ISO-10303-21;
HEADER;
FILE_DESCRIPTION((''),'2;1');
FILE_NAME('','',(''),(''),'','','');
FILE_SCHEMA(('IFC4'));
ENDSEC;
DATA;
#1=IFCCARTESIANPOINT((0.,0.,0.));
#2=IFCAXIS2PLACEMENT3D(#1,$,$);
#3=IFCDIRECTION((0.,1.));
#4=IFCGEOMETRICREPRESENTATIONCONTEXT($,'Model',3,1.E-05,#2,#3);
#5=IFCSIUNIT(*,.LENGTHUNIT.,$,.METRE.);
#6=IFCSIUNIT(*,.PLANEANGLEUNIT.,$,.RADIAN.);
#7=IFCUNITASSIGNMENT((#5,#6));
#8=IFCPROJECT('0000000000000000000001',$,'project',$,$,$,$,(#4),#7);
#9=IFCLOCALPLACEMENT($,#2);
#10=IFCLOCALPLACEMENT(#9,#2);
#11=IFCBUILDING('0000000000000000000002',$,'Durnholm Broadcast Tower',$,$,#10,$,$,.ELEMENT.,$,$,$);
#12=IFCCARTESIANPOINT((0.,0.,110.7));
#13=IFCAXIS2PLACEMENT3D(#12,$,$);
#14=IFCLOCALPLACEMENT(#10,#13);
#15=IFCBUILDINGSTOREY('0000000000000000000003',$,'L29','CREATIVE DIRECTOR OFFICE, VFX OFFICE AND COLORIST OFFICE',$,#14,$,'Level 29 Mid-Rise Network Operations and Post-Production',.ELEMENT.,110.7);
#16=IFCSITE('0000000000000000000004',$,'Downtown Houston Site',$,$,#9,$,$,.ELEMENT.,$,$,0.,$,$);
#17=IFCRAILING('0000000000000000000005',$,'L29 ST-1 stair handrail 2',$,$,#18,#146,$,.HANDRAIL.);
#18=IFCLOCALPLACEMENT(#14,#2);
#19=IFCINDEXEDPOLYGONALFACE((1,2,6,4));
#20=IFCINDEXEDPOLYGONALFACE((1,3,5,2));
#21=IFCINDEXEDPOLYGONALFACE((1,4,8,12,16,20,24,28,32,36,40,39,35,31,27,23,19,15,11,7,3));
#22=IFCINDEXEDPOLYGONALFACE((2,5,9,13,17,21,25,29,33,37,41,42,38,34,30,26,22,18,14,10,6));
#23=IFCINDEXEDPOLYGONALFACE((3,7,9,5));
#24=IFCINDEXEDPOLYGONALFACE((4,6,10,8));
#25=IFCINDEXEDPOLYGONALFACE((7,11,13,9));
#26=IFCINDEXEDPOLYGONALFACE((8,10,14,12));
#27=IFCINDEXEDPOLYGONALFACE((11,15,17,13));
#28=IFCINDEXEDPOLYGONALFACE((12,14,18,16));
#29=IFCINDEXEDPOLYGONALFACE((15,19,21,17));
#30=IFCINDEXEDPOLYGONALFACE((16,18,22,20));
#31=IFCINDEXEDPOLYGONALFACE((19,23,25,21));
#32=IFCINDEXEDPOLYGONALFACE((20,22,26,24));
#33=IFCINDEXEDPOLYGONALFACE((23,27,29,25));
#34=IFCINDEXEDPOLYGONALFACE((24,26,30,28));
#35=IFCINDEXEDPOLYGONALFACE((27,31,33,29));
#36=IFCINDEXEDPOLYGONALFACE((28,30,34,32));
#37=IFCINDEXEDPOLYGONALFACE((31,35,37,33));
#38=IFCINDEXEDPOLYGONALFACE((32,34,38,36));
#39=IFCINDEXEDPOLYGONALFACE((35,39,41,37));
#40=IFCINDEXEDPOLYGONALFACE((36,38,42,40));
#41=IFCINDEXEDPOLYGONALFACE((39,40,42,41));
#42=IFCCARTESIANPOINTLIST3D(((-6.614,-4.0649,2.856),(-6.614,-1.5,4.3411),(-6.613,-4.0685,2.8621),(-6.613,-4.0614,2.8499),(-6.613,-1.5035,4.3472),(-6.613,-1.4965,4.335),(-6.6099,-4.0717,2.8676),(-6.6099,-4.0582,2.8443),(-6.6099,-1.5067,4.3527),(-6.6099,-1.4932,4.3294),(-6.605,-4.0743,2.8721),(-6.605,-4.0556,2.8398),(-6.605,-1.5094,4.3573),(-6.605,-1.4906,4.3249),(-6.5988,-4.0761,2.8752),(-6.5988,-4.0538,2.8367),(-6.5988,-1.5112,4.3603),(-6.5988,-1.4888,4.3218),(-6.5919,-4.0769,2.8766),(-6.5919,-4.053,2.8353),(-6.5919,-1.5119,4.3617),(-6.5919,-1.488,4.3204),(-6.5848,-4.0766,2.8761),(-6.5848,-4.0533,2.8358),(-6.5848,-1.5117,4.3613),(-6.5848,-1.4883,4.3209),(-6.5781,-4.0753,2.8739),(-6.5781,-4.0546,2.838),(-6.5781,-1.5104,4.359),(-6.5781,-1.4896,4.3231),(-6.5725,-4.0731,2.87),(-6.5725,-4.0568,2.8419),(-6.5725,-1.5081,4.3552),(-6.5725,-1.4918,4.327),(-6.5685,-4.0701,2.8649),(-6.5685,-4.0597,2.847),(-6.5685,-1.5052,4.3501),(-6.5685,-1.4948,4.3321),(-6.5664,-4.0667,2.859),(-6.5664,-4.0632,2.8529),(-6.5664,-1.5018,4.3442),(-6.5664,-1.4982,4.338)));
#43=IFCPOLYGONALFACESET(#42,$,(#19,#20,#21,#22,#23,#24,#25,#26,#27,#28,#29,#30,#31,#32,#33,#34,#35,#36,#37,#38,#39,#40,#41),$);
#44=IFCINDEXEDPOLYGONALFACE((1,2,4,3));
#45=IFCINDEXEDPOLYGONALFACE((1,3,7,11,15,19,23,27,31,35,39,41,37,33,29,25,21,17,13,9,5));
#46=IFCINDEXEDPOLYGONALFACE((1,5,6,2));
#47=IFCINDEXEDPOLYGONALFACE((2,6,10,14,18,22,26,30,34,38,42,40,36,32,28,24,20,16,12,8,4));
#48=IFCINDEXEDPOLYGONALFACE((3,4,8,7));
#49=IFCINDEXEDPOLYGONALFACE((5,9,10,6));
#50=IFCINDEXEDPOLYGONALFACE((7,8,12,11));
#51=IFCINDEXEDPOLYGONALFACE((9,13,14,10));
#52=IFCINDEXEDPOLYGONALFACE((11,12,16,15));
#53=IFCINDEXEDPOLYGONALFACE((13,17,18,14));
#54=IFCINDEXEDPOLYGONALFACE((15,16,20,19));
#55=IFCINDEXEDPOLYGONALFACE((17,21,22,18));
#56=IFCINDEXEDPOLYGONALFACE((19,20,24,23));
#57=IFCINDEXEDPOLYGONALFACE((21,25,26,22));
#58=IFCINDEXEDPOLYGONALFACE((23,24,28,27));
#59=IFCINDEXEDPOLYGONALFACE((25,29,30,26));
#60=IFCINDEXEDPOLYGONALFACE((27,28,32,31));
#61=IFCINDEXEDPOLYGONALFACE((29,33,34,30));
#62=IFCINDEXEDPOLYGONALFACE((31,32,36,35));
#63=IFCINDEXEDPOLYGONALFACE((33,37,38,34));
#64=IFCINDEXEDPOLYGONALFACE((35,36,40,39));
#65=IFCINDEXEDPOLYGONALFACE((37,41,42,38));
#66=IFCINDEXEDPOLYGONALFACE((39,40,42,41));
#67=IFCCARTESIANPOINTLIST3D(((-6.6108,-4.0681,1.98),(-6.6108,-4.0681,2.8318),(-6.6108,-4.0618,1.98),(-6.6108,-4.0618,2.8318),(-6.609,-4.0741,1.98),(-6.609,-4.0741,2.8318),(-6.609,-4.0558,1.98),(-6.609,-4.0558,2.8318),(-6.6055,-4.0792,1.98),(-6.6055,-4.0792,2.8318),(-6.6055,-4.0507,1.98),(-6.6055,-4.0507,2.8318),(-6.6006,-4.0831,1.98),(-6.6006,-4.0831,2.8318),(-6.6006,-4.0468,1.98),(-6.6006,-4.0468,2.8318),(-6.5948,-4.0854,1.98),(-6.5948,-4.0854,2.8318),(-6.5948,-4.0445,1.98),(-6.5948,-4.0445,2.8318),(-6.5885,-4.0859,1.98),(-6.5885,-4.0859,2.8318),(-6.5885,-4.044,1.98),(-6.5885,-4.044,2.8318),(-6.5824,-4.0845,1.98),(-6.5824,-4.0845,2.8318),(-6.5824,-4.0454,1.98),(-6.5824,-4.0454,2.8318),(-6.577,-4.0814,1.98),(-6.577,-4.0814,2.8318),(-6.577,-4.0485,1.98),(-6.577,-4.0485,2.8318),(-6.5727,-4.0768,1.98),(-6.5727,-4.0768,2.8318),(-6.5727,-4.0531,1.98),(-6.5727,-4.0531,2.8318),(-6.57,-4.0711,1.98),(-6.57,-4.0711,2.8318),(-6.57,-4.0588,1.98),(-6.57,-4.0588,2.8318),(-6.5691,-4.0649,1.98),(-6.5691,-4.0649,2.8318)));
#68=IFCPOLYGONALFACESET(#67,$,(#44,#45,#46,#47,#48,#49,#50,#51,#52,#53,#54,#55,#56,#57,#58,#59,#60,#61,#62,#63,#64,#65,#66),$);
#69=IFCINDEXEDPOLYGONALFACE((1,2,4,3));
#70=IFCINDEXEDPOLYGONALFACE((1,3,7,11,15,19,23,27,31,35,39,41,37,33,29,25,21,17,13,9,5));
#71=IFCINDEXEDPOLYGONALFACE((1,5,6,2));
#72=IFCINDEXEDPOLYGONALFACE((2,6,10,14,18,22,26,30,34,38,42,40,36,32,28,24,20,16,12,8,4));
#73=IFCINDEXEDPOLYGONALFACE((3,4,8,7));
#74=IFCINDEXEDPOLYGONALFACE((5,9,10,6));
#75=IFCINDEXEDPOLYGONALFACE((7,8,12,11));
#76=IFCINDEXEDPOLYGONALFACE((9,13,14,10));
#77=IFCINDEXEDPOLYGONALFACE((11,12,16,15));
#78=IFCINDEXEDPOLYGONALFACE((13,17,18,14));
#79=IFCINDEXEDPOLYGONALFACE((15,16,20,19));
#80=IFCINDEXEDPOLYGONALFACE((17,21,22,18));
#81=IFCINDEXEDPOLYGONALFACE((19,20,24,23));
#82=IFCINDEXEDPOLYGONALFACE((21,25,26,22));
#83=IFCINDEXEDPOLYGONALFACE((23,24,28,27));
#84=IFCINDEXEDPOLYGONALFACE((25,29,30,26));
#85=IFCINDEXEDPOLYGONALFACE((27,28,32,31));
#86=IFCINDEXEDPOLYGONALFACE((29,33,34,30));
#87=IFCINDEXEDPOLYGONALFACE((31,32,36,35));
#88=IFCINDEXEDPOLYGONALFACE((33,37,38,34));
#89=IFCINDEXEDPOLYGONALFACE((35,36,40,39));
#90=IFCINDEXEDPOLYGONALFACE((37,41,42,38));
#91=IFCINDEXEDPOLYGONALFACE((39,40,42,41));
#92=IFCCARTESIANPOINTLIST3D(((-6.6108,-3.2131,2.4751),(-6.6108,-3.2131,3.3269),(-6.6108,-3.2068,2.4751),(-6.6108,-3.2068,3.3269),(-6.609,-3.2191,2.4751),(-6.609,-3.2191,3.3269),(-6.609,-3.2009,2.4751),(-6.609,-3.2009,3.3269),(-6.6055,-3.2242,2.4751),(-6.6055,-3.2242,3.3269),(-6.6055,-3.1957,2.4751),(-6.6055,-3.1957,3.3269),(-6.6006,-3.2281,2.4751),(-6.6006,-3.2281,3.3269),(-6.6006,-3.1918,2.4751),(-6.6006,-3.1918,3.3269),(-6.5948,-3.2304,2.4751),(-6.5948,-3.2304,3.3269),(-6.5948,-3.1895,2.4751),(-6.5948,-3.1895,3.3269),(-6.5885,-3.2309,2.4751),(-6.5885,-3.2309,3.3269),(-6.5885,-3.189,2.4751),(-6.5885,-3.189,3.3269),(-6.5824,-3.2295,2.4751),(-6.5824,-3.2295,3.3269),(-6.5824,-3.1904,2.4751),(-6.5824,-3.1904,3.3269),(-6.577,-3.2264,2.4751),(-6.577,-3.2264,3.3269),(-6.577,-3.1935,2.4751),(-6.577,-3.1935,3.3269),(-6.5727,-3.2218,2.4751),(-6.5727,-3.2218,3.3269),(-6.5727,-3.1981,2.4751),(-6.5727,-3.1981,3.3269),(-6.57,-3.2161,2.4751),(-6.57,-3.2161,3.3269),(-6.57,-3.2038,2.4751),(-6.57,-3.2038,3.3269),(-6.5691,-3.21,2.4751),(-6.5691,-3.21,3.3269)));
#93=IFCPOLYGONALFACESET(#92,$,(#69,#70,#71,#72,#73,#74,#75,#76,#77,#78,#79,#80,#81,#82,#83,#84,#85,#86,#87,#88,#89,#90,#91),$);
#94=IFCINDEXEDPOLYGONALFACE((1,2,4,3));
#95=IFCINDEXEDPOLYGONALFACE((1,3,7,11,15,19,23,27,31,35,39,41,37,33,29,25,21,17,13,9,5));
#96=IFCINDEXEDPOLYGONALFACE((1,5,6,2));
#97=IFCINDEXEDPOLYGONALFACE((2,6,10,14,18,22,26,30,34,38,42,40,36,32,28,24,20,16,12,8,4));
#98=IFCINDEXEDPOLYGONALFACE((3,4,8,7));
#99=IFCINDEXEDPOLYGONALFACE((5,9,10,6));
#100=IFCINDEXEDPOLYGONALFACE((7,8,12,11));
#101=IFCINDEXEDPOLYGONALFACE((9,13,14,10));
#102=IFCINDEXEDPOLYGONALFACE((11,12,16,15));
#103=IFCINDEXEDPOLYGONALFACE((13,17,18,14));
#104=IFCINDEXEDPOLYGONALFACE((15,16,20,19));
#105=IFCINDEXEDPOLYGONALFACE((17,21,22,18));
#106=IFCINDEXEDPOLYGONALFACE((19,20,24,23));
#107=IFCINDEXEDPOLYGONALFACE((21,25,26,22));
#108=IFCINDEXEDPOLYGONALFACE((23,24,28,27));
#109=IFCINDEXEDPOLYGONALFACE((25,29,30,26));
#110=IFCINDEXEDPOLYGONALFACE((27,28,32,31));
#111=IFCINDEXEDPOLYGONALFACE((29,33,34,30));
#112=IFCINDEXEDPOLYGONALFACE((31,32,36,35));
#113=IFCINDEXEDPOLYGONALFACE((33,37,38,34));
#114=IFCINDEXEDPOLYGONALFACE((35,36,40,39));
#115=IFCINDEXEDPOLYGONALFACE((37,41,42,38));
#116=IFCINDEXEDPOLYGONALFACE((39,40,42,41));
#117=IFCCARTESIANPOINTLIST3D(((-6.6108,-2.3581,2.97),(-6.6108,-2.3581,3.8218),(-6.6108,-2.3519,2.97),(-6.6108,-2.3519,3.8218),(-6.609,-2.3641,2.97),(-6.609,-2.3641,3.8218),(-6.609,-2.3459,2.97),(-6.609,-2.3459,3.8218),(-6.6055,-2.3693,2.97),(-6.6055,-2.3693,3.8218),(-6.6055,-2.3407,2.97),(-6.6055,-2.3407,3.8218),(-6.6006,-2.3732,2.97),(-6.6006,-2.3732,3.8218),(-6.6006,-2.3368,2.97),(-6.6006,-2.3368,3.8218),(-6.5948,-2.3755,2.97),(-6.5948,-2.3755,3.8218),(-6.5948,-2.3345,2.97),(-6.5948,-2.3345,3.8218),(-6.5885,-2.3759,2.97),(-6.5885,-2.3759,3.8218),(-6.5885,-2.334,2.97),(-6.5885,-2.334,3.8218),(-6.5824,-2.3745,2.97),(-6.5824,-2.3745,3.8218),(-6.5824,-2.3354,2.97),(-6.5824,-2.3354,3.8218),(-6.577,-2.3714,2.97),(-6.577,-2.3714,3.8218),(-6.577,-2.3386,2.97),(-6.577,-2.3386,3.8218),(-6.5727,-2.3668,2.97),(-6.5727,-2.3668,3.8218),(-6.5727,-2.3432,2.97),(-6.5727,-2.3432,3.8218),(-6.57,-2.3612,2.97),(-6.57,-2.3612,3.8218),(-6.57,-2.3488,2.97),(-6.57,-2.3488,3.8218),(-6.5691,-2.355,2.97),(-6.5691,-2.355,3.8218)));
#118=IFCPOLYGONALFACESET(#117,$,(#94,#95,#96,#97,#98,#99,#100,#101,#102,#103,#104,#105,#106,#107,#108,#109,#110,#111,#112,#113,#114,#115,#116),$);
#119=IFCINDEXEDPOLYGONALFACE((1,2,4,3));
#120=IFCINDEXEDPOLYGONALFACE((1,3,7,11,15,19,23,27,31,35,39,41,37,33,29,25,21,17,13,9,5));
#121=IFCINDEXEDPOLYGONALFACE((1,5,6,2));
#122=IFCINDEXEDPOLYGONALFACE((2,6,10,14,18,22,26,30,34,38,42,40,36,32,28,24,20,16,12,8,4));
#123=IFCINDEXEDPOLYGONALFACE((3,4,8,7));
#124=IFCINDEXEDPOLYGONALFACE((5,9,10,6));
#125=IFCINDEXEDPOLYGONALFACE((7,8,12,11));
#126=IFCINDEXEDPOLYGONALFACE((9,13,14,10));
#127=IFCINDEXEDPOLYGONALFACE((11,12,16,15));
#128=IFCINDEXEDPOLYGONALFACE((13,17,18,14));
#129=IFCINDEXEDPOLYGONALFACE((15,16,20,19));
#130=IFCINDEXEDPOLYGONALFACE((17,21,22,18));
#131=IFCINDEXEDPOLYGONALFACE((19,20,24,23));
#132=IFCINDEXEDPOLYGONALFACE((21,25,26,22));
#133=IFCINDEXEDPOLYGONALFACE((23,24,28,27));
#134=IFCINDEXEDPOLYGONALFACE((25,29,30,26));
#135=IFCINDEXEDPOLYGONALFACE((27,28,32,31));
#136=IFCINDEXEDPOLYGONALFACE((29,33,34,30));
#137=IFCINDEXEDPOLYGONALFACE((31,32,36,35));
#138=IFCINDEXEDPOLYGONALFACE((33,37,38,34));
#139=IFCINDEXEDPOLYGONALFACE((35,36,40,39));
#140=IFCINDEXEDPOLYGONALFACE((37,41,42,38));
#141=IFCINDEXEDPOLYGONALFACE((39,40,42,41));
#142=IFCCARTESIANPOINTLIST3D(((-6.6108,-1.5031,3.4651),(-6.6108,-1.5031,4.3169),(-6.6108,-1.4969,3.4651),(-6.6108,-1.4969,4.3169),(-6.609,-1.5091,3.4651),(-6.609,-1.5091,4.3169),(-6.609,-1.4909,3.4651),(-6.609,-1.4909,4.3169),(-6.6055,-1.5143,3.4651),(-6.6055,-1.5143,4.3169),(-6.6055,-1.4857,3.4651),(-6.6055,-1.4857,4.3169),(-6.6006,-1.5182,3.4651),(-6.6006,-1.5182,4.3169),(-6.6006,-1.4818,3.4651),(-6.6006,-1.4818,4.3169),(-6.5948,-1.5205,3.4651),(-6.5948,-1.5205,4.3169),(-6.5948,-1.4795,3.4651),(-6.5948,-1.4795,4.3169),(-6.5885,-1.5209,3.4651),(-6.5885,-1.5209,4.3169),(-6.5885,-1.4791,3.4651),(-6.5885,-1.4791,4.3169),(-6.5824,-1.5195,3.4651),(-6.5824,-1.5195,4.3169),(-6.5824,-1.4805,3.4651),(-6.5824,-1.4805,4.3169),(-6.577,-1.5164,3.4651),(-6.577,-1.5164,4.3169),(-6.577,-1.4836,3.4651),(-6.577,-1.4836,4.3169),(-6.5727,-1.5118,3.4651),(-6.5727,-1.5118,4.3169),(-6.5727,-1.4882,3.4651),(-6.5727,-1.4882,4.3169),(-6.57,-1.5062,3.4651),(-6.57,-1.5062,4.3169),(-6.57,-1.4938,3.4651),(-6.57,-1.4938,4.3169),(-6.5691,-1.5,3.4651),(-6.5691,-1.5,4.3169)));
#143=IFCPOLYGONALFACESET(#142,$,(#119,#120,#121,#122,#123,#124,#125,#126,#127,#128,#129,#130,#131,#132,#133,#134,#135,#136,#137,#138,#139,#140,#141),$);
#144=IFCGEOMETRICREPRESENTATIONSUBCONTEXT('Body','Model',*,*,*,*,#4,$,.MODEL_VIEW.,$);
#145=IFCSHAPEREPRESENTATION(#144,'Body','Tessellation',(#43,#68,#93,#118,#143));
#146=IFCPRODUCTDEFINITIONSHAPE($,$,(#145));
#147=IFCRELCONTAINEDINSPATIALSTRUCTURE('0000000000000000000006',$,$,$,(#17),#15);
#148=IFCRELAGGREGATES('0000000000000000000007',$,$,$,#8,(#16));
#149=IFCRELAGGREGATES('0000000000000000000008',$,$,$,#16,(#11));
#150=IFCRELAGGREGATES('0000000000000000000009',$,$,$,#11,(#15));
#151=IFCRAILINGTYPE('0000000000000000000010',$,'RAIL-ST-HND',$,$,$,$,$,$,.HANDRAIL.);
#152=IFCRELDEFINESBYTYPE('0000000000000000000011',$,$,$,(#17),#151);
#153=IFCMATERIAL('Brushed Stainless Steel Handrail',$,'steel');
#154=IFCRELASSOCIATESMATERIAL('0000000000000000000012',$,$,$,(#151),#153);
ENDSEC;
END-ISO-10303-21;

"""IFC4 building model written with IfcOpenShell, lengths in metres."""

from ifc_helpers import new_model, si_unit, direction, frame, origin, origin_2d, place, context, subcontext, project, spatial, circle, extrude, material, type_object, element, save


model = new_model("IFC4")

# Units and contexts
model_context = context("Model", 3, precision=1e-05, world=origin(), true_north=direction((0.0, 1.0)))
body_context = subcontext(model_context, "Body", "Model", "MODEL_VIEW")
ifc_project = project(units=[si_unit("LENGTHUNIT", "METRE"), si_unit("PLANEANGLEUNIT", "RADIAN")], contexts=[model_context])

# Site, building, storey
site_placement = place(None, origin())
site = spatial("IfcSite", under=ifc_project, at=site_placement, Name="Downtown Houston Site", CompositionType="ELEMENT", RefElevation=0.0)
building_placement = place(site_placement, origin())
building = spatial("IfcBuilding", under=site, at=building_placement, Name="Durnholm Broadcast Tower", CompositionType="ELEMENT")
storey_placement = place(building_placement, frame((0.0, 0.0, 110.7)))
storey = spatial("IfcBuildingStorey", under=building, at=storey_placement, Name="L29", Description="CREATIVE DIRECTOR OFFICE, VFX OFFICE AND COLORIST OFFICE", LongName="Level 29 Mid-Rise Network Operations and Post-Production", CompositionType="ELEMENT", Elevation=110.7)

# Railing
ifc_material_1 = material(Name="Brushed Stainless Steel Handrail", Category="steel")
railing_type_1 = type_object("IfcRailingType", Name="RAIL-ST-HND", PredefinedType="HANDRAIL", material=ifc_material_1)
railing_1_placement = place(storey_placement, frame((-6.5901, -4.0649, 1.98)))
element("IfcRailing", 1, at=railing_1_placement, inside=storey, type_object=railing_type_1, Name="L29 ST-1 stair handrail 2", PredefinedType="HANDRAIL", context=body_context, shape_type="SweptSolid", body=[
    extrude(circle(Radius=0.0239, at=origin_2d()), frame((0.0, 0.0, 0.876), z_axis=(0.0, 0.865406, 0.501072), x_axis=(-1.0, 0.0, 0.0)), (0.0, 0.0, 1.0), 2.9639),
    extrude(circle(Radius=0.021, at=origin_2d()), origin(), (0.0, 0.0, 1.0), 0.8518),
    extrude(circle(Radius=0.021, at=origin_2d()), frame((0.0, 0.855, 0.4951)), (0.0, 0.0, 1.0), 0.8518),
    extrude(circle(Radius=0.021, at=origin_2d()), frame((0.0, 1.71, 0.99)), (0.0, 0.0, 1.0), 0.8518),
    extrude(circle(Radius=0.021, at=origin_2d()), frame((0.0, 2.5649, 1.4851)), (0.0, 0.0, 1.0), 0.8518),
])

save(model, "model.ifc")
